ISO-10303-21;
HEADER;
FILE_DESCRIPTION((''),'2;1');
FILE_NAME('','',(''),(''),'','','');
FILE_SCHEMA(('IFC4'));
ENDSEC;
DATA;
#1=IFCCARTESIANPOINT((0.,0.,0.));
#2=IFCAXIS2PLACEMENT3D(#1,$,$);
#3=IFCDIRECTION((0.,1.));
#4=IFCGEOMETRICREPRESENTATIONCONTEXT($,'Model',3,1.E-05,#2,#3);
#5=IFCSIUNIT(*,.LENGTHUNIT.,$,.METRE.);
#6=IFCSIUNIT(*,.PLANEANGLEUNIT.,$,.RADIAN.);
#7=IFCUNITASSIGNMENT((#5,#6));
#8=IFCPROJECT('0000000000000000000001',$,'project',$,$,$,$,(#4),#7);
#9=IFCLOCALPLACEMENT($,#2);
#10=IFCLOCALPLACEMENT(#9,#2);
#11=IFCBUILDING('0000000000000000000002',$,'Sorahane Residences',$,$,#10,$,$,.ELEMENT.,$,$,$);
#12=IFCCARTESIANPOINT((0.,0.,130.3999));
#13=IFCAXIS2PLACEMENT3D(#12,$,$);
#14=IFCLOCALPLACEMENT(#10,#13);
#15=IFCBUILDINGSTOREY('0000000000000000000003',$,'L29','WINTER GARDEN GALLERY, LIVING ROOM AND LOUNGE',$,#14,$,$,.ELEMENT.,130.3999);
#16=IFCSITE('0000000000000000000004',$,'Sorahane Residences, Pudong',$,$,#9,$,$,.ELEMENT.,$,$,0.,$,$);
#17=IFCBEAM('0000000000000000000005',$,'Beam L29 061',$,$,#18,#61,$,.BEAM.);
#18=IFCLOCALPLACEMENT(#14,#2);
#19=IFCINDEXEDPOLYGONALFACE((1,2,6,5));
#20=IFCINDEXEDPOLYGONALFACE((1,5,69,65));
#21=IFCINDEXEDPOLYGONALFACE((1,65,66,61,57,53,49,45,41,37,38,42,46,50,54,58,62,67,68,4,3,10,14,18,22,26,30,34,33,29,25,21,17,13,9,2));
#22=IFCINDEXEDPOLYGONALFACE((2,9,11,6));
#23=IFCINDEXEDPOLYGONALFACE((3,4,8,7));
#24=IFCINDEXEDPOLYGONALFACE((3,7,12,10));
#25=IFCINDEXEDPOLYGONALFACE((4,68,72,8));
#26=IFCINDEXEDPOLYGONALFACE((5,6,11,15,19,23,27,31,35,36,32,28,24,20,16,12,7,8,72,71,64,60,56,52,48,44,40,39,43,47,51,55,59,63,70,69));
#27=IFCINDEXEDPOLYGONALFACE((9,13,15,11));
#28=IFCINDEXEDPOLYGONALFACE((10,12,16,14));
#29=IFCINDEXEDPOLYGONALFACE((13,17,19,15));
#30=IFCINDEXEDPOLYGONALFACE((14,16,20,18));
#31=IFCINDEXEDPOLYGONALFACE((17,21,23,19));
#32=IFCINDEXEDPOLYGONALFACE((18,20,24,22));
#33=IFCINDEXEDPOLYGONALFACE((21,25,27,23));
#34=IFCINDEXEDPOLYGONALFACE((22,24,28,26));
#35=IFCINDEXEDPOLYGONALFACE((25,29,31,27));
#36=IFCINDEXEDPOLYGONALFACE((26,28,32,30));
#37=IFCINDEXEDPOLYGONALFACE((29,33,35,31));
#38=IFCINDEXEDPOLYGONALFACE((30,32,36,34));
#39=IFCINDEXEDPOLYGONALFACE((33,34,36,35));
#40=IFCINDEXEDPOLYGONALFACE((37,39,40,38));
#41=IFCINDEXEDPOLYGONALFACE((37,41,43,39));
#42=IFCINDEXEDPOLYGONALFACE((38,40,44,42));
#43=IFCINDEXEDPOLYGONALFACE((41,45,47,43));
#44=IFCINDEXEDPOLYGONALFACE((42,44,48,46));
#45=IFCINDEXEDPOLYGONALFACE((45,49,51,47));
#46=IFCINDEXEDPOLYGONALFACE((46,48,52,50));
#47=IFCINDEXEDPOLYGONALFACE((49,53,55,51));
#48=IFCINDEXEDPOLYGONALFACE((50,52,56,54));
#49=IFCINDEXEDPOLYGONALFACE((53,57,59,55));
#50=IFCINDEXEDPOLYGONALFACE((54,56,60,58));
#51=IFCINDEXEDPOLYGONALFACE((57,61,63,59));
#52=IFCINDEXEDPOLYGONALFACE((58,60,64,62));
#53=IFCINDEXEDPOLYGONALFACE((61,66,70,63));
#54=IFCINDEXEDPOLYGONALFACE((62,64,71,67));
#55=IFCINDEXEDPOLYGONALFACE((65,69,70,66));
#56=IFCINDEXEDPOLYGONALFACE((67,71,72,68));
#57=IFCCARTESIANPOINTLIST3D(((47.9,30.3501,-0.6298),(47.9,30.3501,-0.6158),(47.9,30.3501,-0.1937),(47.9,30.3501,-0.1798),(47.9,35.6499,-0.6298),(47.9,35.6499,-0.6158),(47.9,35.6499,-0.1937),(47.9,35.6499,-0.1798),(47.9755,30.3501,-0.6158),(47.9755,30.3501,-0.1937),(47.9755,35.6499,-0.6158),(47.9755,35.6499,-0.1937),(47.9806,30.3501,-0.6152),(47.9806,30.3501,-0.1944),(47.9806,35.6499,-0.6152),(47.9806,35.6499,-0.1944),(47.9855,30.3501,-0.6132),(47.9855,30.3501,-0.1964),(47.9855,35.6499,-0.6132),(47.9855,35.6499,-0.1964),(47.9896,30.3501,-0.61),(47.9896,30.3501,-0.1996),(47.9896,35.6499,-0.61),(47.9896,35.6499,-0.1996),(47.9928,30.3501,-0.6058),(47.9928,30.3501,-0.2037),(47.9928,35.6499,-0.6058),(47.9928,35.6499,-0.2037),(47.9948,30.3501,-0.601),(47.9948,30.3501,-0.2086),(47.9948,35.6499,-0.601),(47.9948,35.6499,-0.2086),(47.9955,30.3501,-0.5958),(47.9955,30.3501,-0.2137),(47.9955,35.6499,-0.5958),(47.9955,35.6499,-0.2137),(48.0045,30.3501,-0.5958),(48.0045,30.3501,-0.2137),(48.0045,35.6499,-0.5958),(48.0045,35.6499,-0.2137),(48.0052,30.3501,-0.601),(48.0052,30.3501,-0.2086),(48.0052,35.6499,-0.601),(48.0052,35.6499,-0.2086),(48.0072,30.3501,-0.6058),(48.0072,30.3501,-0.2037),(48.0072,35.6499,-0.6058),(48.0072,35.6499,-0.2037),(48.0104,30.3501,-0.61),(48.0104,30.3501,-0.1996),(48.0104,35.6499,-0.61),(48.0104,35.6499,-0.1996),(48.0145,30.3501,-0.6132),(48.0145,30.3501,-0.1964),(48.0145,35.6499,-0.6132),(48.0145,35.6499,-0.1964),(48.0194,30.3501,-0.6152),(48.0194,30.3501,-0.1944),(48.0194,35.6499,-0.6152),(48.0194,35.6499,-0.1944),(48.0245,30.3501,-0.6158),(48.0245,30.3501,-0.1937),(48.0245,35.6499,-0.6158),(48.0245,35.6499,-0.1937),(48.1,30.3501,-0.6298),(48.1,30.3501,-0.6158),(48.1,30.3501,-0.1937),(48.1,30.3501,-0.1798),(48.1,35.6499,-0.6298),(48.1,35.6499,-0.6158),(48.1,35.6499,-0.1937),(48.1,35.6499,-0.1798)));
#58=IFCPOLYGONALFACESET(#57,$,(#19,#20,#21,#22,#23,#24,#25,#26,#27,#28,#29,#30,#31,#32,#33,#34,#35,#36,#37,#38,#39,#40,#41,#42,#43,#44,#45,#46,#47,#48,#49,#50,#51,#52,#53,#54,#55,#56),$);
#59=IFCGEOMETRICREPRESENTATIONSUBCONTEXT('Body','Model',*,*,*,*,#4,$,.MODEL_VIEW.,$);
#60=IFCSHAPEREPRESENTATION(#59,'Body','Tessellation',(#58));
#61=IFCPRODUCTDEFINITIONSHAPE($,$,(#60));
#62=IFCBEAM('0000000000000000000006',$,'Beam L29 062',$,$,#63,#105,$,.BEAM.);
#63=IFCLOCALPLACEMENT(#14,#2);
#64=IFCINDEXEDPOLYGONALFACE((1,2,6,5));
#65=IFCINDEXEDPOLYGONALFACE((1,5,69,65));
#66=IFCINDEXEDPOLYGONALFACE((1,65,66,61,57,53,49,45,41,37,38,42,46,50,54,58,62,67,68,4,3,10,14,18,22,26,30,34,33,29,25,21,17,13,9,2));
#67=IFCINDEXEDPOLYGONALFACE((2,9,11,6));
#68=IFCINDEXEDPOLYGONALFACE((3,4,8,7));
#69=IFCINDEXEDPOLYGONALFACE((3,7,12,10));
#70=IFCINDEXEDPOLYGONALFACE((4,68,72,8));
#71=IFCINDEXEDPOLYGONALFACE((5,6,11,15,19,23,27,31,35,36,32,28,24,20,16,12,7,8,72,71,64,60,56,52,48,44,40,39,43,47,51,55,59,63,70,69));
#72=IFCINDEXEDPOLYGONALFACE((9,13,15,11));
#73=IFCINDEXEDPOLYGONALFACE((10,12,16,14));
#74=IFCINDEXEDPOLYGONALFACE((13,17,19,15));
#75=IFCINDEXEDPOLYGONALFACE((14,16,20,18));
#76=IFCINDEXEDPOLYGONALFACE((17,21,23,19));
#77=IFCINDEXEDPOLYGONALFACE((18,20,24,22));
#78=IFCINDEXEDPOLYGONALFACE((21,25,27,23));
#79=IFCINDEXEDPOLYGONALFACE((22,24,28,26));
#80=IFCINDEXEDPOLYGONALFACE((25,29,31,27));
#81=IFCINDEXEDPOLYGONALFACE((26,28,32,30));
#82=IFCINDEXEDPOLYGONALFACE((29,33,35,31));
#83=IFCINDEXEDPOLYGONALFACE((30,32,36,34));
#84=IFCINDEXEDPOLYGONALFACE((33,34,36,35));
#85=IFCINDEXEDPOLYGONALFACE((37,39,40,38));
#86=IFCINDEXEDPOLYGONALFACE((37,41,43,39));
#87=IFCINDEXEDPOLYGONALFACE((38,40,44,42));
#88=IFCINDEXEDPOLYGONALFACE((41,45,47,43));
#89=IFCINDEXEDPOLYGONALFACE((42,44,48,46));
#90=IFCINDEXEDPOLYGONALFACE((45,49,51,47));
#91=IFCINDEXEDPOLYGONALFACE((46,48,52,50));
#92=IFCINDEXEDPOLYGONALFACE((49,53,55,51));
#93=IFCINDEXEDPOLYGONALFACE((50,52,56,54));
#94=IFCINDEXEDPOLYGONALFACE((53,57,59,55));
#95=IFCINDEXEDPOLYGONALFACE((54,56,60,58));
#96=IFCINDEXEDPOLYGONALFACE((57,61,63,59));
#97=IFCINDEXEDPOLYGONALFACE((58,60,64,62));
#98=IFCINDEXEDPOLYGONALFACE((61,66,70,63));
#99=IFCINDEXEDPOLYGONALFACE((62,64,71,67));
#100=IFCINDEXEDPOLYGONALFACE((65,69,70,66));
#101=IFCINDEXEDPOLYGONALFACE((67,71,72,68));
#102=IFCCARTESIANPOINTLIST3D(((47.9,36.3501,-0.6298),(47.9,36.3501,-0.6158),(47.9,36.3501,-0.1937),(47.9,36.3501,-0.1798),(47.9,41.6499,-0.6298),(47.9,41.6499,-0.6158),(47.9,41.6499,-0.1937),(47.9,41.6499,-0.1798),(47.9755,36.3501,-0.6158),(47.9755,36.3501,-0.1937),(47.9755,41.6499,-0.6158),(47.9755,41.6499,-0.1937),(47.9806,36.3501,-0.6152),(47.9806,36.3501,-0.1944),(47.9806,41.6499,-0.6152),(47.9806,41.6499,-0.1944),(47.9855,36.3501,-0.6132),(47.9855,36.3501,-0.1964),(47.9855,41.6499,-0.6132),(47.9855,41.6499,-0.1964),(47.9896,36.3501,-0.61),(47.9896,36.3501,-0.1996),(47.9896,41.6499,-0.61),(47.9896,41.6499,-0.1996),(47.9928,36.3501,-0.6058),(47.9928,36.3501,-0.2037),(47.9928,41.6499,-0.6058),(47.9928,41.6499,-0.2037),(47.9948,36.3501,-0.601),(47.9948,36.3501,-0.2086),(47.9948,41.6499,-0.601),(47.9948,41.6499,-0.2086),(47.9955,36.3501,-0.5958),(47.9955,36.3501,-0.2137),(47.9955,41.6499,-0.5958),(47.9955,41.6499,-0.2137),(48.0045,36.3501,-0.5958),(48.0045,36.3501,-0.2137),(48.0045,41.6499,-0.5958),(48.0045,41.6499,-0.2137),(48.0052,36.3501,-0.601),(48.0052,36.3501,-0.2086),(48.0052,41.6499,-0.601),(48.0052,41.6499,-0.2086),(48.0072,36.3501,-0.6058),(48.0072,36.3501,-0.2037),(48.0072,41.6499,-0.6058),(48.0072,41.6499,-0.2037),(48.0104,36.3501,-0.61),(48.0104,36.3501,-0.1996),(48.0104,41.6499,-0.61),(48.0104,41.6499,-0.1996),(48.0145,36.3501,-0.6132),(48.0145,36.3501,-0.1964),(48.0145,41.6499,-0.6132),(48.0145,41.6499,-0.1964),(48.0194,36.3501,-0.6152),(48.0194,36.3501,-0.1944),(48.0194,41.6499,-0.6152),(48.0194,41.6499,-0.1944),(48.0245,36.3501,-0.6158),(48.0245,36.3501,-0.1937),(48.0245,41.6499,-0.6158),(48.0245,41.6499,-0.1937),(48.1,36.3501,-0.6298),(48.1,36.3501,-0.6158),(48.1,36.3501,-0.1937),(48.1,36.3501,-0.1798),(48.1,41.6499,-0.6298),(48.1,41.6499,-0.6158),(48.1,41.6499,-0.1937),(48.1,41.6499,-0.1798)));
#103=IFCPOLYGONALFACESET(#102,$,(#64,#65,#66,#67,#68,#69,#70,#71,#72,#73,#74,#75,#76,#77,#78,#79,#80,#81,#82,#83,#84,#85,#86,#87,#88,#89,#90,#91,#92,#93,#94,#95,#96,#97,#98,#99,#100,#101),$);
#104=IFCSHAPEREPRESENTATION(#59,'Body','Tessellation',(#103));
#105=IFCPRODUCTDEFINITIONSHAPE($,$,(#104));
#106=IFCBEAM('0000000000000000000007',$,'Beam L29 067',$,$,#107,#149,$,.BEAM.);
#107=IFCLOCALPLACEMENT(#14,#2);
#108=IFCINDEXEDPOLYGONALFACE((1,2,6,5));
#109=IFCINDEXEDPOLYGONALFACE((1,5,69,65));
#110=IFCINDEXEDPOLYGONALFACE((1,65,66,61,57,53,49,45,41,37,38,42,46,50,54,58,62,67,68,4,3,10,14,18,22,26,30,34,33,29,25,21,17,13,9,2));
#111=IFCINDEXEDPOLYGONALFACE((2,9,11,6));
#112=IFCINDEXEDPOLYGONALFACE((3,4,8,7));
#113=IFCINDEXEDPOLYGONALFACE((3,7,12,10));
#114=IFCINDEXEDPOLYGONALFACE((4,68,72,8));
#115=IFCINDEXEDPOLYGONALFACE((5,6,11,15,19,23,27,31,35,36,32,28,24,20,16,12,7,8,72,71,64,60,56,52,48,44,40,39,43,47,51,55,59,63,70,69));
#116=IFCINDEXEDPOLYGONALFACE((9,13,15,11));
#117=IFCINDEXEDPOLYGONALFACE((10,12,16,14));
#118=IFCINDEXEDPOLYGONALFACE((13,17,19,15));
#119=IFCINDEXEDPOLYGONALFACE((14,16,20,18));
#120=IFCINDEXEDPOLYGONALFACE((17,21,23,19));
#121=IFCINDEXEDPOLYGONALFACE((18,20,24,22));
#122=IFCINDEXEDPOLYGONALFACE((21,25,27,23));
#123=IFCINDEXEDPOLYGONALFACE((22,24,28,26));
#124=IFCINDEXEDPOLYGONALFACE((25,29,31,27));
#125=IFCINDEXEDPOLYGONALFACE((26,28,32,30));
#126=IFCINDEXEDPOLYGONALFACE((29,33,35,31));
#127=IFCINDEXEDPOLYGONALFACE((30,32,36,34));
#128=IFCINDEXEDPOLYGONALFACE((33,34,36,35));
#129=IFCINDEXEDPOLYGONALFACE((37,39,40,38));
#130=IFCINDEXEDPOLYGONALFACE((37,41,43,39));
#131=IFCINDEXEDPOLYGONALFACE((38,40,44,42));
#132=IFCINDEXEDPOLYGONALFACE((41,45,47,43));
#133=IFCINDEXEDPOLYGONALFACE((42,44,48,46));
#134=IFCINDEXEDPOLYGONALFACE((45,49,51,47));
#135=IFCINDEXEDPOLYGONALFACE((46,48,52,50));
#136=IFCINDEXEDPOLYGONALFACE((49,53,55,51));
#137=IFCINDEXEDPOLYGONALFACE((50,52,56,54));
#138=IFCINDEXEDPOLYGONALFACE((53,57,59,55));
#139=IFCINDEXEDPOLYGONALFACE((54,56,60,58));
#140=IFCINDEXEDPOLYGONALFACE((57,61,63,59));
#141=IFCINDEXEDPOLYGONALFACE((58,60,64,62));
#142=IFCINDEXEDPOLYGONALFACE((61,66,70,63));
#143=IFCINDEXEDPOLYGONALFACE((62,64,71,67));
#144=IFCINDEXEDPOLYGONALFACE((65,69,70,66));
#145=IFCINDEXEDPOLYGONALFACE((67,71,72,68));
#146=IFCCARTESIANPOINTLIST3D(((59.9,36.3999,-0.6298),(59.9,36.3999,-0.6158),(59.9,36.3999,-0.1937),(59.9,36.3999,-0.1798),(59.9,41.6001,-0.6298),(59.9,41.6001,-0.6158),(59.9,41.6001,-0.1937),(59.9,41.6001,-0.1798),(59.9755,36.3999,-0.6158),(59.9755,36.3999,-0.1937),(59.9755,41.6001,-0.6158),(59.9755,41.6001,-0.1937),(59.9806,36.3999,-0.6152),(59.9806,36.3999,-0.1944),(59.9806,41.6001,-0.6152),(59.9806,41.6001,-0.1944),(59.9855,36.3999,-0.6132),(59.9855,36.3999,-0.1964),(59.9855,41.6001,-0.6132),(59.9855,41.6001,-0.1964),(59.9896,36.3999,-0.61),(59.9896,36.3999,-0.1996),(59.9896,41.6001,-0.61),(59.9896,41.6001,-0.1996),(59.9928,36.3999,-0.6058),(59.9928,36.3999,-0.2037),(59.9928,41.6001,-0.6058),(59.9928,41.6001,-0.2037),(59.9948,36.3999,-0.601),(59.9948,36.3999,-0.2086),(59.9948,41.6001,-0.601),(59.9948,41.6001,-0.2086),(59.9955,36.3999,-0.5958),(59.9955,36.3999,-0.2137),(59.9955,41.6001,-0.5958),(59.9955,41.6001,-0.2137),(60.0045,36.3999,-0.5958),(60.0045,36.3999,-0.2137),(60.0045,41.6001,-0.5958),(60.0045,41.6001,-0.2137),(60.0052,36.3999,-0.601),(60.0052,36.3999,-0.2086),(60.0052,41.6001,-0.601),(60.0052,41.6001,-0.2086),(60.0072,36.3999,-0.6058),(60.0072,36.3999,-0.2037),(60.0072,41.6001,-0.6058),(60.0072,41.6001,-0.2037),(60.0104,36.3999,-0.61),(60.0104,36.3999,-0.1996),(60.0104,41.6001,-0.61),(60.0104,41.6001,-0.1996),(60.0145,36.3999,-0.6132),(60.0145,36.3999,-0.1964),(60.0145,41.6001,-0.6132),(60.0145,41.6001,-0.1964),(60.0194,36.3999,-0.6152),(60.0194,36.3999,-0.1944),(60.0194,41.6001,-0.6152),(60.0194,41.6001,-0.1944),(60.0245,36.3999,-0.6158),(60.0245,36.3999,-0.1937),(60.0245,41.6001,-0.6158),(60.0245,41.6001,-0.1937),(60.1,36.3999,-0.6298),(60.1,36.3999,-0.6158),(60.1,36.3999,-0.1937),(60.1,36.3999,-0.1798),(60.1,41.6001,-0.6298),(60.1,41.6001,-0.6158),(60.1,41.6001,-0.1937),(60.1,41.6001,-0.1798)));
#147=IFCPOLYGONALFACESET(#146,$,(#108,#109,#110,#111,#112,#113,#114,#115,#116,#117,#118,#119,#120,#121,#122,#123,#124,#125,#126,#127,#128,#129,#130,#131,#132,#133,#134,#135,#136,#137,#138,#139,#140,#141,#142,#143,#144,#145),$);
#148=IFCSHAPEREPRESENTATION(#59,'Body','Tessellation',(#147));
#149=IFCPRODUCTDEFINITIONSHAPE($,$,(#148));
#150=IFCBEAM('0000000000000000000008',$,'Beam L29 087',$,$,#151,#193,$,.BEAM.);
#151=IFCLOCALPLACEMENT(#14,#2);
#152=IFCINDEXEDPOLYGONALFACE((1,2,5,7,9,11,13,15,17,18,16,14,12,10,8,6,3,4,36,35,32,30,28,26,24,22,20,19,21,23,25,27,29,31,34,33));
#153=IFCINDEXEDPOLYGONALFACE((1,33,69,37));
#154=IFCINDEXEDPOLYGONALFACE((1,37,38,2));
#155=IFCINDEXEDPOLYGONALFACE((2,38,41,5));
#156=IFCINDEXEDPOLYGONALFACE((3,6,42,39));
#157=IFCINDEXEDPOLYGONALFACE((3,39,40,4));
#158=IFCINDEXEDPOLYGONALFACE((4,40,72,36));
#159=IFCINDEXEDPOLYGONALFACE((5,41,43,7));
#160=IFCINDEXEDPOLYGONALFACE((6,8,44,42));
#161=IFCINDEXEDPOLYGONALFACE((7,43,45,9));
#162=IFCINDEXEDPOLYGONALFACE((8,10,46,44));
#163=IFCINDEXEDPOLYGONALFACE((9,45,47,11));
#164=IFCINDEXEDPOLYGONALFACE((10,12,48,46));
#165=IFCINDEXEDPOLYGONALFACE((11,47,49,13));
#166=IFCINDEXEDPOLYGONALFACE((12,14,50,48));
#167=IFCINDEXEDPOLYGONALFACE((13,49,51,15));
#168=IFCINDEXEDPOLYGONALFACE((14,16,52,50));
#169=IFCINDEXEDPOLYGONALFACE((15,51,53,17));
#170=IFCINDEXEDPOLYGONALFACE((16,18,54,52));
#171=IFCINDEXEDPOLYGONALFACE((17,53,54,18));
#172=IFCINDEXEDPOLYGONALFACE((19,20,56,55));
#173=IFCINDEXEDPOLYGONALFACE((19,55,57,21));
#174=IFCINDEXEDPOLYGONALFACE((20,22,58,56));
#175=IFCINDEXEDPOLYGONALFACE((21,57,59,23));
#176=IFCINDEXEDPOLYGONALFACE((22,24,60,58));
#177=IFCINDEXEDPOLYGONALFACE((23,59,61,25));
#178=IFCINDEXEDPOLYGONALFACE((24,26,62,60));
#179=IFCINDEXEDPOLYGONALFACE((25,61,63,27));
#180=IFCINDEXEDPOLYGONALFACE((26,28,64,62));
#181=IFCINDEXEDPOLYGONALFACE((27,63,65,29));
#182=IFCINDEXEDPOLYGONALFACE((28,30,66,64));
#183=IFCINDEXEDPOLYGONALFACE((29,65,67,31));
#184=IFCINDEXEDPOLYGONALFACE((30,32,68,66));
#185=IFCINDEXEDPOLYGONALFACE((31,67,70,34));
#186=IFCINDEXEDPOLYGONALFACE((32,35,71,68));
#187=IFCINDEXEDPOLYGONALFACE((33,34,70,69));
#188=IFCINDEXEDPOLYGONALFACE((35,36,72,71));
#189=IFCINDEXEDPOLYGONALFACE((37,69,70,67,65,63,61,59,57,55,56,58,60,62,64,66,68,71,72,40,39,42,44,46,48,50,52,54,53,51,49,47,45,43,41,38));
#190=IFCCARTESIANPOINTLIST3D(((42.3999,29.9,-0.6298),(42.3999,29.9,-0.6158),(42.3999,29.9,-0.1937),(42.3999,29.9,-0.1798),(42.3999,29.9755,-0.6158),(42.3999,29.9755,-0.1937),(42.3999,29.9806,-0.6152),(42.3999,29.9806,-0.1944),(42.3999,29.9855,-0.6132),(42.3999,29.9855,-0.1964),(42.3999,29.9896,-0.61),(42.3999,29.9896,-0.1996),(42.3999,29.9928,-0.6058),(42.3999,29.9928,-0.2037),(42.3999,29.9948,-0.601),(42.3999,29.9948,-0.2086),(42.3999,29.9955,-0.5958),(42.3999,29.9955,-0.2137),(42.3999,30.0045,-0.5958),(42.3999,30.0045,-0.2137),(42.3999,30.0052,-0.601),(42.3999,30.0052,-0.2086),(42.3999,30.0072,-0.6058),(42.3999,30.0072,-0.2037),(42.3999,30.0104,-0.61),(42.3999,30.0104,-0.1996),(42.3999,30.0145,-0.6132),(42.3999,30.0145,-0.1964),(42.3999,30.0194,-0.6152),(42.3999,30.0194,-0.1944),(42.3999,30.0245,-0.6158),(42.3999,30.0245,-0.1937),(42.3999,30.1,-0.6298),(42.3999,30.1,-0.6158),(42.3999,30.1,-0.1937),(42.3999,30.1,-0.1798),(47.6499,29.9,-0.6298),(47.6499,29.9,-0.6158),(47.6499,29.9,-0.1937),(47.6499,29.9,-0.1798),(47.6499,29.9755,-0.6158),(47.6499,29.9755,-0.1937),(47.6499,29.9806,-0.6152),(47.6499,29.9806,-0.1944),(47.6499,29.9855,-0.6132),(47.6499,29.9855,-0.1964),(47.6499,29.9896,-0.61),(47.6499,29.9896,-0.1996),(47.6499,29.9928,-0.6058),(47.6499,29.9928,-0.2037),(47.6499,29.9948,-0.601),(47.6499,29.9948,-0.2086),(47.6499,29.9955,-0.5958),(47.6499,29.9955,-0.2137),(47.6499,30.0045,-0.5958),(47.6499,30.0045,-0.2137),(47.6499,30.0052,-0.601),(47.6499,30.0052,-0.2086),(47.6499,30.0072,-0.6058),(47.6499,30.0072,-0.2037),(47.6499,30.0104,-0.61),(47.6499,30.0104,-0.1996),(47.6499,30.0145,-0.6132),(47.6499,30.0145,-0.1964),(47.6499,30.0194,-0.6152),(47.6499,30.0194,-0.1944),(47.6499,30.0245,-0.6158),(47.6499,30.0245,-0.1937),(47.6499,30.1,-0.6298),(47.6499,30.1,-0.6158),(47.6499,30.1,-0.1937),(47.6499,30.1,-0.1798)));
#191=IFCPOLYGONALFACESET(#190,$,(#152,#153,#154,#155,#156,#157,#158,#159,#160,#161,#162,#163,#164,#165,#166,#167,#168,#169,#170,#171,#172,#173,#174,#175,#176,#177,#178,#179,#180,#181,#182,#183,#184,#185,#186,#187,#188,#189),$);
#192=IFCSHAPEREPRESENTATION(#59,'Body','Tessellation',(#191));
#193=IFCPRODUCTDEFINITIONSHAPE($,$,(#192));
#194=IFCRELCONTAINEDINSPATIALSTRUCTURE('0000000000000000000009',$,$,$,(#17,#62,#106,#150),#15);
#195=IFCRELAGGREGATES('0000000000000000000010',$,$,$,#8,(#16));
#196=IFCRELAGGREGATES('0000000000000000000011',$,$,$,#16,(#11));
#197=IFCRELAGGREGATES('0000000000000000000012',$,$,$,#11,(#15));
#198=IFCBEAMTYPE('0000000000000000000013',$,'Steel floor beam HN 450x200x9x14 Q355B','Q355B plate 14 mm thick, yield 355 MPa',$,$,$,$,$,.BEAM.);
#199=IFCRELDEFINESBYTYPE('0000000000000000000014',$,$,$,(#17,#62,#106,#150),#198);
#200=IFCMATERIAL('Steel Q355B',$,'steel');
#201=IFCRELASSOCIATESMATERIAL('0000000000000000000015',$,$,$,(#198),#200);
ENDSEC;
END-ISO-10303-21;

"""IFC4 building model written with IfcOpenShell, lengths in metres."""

from ifc_helpers import new_model, si_unit, direction, frame, origin, origin_2d, place, context, subcontext, project, spatial, i_section, extrude, material, material_profile, profile_set, type_object, element, save


model = new_model("IFC4")

# Units and contexts
model_context = context("Model", 3, precision=1e-05, world=origin(), true_north=direction((0.0, 1.0)))
body_context = subcontext(model_context, "Body", "Model", "MODEL_VIEW")
ifc_project = project(units=[si_unit("LENGTHUNIT", "METRE"), si_unit("PLANEANGLEUNIT", "RADIAN")], contexts=[model_context])

# Site, building, storey
site_placement = place(None, origin())
site = spatial("IfcSite", under=ifc_project, at=site_placement, Name="Sorahane Residences, Pudong", CompositionType="ELEMENT", RefElevation=0.0)
building_placement = place(site_placement, origin())
building = spatial("IfcBuilding", under=site, at=building_placement, Name="Sorahane Residences", CompositionType="ELEMENT")
storey_placement = place(building_placement, frame((0.0, 0.0, 130.3999)))
storey = spatial("IfcBuildingStorey", under=building, at=storey_placement, Name="L29", Description="WINTER GARDEN GALLERY, LIVING ROOM AND LOUNGE", CompositionType="ELEMENT", Elevation=130.3999)

# Beams
ifc_material_1 = material(Name="Steel Q355B", Category="steel")
ifc_material_profile_1 = material_profile(ifc_material_1, i_section(OverallWidth=0.2, OverallDepth=0.45, WebThickness=0.009, FlangeThickness=0.0139, FilletRadius=0.02, at=origin_2d()), Name="HN 450x200x9x14")
ifc_profile_set_1 = profile_set([ifc_material_profile_1], Name="Steel Q355B")
beam_type_1 = type_object("IfcBeamType", Name="Steel floor beam HN 450x200x9x14 Q355B", Description="Q355B plate 14 mm thick, yield 355 MPa", PredefinedType="BEAM", material=ifc_profile_set_1)
for number, where, z_axis, x_axis, name in (
    (1, (48.0, 30.3501, -0.4048), (0.0, 1.0, 0.0), (-1.0, 0.0, 0.0), "Beam L29 061"),
    (2, (48.0, 36.3501, -0.4048), (0.0, 1.0, 0.0), (-1.0, 0.0, 0.0), "Beam L29 062"),
):
    element("IfcBeam", number, at=place(storey_placement, frame(where, z_axis=z_axis, x_axis=x_axis)), inside=storey, type_object=beam_type_1, Name=name, PredefinedType="BEAM", context=body_context, shape_type="SweptSolid", body=[
        extrude(i_section(OverallWidth=0.2, OverallDepth=0.45, WebThickness=0.009, FlangeThickness=0.0139, FilletRadius=0.02, at=origin_2d()), origin(), (0.0, 0.0, 1.0), 5.2998),
    ])
beam_1_placement = place(storey_placement, frame((60.0, 36.3999, -0.4048), z_axis=(0.0, 1.0, 0.0), x_axis=(-1.0, 0.0, 0.0)))
element("IfcBeam", 3, at=beam_1_placement, inside=storey, type_object=beam_type_1, Name="Beam L29 067", PredefinedType="BEAM", context=body_context, shape_type="SweptSolid", body=[
    extrude(i_section(OverallWidth=0.2, OverallDepth=0.45, WebThickness=0.009, FlangeThickness=0.0139, FilletRadius=0.02, at=origin_2d()), origin(), (0.0, 0.0, 1.0), 5.2002),
])
beam_2_placement = place(storey_placement, frame((42.3999, 30.0, -0.4048), z_axis=(1.0, 0.0, 0.0), x_axis=(0.0, 1.0, 0.0)))
element("IfcBeam", 4, at=beam_2_placement, inside=storey, type_object=beam_type_1, Name="Beam L29 087", PredefinedType="BEAM", context=body_context, shape_type="SweptSolid", body=[
    extrude(i_section(OverallWidth=0.2, OverallDepth=0.45, WebThickness=0.009, FlangeThickness=0.0139, FilletRadius=0.02, at=origin_2d()), origin(), (0.0, 0.0, 1.0), 5.25),
])

save(model, "model.ifc")
